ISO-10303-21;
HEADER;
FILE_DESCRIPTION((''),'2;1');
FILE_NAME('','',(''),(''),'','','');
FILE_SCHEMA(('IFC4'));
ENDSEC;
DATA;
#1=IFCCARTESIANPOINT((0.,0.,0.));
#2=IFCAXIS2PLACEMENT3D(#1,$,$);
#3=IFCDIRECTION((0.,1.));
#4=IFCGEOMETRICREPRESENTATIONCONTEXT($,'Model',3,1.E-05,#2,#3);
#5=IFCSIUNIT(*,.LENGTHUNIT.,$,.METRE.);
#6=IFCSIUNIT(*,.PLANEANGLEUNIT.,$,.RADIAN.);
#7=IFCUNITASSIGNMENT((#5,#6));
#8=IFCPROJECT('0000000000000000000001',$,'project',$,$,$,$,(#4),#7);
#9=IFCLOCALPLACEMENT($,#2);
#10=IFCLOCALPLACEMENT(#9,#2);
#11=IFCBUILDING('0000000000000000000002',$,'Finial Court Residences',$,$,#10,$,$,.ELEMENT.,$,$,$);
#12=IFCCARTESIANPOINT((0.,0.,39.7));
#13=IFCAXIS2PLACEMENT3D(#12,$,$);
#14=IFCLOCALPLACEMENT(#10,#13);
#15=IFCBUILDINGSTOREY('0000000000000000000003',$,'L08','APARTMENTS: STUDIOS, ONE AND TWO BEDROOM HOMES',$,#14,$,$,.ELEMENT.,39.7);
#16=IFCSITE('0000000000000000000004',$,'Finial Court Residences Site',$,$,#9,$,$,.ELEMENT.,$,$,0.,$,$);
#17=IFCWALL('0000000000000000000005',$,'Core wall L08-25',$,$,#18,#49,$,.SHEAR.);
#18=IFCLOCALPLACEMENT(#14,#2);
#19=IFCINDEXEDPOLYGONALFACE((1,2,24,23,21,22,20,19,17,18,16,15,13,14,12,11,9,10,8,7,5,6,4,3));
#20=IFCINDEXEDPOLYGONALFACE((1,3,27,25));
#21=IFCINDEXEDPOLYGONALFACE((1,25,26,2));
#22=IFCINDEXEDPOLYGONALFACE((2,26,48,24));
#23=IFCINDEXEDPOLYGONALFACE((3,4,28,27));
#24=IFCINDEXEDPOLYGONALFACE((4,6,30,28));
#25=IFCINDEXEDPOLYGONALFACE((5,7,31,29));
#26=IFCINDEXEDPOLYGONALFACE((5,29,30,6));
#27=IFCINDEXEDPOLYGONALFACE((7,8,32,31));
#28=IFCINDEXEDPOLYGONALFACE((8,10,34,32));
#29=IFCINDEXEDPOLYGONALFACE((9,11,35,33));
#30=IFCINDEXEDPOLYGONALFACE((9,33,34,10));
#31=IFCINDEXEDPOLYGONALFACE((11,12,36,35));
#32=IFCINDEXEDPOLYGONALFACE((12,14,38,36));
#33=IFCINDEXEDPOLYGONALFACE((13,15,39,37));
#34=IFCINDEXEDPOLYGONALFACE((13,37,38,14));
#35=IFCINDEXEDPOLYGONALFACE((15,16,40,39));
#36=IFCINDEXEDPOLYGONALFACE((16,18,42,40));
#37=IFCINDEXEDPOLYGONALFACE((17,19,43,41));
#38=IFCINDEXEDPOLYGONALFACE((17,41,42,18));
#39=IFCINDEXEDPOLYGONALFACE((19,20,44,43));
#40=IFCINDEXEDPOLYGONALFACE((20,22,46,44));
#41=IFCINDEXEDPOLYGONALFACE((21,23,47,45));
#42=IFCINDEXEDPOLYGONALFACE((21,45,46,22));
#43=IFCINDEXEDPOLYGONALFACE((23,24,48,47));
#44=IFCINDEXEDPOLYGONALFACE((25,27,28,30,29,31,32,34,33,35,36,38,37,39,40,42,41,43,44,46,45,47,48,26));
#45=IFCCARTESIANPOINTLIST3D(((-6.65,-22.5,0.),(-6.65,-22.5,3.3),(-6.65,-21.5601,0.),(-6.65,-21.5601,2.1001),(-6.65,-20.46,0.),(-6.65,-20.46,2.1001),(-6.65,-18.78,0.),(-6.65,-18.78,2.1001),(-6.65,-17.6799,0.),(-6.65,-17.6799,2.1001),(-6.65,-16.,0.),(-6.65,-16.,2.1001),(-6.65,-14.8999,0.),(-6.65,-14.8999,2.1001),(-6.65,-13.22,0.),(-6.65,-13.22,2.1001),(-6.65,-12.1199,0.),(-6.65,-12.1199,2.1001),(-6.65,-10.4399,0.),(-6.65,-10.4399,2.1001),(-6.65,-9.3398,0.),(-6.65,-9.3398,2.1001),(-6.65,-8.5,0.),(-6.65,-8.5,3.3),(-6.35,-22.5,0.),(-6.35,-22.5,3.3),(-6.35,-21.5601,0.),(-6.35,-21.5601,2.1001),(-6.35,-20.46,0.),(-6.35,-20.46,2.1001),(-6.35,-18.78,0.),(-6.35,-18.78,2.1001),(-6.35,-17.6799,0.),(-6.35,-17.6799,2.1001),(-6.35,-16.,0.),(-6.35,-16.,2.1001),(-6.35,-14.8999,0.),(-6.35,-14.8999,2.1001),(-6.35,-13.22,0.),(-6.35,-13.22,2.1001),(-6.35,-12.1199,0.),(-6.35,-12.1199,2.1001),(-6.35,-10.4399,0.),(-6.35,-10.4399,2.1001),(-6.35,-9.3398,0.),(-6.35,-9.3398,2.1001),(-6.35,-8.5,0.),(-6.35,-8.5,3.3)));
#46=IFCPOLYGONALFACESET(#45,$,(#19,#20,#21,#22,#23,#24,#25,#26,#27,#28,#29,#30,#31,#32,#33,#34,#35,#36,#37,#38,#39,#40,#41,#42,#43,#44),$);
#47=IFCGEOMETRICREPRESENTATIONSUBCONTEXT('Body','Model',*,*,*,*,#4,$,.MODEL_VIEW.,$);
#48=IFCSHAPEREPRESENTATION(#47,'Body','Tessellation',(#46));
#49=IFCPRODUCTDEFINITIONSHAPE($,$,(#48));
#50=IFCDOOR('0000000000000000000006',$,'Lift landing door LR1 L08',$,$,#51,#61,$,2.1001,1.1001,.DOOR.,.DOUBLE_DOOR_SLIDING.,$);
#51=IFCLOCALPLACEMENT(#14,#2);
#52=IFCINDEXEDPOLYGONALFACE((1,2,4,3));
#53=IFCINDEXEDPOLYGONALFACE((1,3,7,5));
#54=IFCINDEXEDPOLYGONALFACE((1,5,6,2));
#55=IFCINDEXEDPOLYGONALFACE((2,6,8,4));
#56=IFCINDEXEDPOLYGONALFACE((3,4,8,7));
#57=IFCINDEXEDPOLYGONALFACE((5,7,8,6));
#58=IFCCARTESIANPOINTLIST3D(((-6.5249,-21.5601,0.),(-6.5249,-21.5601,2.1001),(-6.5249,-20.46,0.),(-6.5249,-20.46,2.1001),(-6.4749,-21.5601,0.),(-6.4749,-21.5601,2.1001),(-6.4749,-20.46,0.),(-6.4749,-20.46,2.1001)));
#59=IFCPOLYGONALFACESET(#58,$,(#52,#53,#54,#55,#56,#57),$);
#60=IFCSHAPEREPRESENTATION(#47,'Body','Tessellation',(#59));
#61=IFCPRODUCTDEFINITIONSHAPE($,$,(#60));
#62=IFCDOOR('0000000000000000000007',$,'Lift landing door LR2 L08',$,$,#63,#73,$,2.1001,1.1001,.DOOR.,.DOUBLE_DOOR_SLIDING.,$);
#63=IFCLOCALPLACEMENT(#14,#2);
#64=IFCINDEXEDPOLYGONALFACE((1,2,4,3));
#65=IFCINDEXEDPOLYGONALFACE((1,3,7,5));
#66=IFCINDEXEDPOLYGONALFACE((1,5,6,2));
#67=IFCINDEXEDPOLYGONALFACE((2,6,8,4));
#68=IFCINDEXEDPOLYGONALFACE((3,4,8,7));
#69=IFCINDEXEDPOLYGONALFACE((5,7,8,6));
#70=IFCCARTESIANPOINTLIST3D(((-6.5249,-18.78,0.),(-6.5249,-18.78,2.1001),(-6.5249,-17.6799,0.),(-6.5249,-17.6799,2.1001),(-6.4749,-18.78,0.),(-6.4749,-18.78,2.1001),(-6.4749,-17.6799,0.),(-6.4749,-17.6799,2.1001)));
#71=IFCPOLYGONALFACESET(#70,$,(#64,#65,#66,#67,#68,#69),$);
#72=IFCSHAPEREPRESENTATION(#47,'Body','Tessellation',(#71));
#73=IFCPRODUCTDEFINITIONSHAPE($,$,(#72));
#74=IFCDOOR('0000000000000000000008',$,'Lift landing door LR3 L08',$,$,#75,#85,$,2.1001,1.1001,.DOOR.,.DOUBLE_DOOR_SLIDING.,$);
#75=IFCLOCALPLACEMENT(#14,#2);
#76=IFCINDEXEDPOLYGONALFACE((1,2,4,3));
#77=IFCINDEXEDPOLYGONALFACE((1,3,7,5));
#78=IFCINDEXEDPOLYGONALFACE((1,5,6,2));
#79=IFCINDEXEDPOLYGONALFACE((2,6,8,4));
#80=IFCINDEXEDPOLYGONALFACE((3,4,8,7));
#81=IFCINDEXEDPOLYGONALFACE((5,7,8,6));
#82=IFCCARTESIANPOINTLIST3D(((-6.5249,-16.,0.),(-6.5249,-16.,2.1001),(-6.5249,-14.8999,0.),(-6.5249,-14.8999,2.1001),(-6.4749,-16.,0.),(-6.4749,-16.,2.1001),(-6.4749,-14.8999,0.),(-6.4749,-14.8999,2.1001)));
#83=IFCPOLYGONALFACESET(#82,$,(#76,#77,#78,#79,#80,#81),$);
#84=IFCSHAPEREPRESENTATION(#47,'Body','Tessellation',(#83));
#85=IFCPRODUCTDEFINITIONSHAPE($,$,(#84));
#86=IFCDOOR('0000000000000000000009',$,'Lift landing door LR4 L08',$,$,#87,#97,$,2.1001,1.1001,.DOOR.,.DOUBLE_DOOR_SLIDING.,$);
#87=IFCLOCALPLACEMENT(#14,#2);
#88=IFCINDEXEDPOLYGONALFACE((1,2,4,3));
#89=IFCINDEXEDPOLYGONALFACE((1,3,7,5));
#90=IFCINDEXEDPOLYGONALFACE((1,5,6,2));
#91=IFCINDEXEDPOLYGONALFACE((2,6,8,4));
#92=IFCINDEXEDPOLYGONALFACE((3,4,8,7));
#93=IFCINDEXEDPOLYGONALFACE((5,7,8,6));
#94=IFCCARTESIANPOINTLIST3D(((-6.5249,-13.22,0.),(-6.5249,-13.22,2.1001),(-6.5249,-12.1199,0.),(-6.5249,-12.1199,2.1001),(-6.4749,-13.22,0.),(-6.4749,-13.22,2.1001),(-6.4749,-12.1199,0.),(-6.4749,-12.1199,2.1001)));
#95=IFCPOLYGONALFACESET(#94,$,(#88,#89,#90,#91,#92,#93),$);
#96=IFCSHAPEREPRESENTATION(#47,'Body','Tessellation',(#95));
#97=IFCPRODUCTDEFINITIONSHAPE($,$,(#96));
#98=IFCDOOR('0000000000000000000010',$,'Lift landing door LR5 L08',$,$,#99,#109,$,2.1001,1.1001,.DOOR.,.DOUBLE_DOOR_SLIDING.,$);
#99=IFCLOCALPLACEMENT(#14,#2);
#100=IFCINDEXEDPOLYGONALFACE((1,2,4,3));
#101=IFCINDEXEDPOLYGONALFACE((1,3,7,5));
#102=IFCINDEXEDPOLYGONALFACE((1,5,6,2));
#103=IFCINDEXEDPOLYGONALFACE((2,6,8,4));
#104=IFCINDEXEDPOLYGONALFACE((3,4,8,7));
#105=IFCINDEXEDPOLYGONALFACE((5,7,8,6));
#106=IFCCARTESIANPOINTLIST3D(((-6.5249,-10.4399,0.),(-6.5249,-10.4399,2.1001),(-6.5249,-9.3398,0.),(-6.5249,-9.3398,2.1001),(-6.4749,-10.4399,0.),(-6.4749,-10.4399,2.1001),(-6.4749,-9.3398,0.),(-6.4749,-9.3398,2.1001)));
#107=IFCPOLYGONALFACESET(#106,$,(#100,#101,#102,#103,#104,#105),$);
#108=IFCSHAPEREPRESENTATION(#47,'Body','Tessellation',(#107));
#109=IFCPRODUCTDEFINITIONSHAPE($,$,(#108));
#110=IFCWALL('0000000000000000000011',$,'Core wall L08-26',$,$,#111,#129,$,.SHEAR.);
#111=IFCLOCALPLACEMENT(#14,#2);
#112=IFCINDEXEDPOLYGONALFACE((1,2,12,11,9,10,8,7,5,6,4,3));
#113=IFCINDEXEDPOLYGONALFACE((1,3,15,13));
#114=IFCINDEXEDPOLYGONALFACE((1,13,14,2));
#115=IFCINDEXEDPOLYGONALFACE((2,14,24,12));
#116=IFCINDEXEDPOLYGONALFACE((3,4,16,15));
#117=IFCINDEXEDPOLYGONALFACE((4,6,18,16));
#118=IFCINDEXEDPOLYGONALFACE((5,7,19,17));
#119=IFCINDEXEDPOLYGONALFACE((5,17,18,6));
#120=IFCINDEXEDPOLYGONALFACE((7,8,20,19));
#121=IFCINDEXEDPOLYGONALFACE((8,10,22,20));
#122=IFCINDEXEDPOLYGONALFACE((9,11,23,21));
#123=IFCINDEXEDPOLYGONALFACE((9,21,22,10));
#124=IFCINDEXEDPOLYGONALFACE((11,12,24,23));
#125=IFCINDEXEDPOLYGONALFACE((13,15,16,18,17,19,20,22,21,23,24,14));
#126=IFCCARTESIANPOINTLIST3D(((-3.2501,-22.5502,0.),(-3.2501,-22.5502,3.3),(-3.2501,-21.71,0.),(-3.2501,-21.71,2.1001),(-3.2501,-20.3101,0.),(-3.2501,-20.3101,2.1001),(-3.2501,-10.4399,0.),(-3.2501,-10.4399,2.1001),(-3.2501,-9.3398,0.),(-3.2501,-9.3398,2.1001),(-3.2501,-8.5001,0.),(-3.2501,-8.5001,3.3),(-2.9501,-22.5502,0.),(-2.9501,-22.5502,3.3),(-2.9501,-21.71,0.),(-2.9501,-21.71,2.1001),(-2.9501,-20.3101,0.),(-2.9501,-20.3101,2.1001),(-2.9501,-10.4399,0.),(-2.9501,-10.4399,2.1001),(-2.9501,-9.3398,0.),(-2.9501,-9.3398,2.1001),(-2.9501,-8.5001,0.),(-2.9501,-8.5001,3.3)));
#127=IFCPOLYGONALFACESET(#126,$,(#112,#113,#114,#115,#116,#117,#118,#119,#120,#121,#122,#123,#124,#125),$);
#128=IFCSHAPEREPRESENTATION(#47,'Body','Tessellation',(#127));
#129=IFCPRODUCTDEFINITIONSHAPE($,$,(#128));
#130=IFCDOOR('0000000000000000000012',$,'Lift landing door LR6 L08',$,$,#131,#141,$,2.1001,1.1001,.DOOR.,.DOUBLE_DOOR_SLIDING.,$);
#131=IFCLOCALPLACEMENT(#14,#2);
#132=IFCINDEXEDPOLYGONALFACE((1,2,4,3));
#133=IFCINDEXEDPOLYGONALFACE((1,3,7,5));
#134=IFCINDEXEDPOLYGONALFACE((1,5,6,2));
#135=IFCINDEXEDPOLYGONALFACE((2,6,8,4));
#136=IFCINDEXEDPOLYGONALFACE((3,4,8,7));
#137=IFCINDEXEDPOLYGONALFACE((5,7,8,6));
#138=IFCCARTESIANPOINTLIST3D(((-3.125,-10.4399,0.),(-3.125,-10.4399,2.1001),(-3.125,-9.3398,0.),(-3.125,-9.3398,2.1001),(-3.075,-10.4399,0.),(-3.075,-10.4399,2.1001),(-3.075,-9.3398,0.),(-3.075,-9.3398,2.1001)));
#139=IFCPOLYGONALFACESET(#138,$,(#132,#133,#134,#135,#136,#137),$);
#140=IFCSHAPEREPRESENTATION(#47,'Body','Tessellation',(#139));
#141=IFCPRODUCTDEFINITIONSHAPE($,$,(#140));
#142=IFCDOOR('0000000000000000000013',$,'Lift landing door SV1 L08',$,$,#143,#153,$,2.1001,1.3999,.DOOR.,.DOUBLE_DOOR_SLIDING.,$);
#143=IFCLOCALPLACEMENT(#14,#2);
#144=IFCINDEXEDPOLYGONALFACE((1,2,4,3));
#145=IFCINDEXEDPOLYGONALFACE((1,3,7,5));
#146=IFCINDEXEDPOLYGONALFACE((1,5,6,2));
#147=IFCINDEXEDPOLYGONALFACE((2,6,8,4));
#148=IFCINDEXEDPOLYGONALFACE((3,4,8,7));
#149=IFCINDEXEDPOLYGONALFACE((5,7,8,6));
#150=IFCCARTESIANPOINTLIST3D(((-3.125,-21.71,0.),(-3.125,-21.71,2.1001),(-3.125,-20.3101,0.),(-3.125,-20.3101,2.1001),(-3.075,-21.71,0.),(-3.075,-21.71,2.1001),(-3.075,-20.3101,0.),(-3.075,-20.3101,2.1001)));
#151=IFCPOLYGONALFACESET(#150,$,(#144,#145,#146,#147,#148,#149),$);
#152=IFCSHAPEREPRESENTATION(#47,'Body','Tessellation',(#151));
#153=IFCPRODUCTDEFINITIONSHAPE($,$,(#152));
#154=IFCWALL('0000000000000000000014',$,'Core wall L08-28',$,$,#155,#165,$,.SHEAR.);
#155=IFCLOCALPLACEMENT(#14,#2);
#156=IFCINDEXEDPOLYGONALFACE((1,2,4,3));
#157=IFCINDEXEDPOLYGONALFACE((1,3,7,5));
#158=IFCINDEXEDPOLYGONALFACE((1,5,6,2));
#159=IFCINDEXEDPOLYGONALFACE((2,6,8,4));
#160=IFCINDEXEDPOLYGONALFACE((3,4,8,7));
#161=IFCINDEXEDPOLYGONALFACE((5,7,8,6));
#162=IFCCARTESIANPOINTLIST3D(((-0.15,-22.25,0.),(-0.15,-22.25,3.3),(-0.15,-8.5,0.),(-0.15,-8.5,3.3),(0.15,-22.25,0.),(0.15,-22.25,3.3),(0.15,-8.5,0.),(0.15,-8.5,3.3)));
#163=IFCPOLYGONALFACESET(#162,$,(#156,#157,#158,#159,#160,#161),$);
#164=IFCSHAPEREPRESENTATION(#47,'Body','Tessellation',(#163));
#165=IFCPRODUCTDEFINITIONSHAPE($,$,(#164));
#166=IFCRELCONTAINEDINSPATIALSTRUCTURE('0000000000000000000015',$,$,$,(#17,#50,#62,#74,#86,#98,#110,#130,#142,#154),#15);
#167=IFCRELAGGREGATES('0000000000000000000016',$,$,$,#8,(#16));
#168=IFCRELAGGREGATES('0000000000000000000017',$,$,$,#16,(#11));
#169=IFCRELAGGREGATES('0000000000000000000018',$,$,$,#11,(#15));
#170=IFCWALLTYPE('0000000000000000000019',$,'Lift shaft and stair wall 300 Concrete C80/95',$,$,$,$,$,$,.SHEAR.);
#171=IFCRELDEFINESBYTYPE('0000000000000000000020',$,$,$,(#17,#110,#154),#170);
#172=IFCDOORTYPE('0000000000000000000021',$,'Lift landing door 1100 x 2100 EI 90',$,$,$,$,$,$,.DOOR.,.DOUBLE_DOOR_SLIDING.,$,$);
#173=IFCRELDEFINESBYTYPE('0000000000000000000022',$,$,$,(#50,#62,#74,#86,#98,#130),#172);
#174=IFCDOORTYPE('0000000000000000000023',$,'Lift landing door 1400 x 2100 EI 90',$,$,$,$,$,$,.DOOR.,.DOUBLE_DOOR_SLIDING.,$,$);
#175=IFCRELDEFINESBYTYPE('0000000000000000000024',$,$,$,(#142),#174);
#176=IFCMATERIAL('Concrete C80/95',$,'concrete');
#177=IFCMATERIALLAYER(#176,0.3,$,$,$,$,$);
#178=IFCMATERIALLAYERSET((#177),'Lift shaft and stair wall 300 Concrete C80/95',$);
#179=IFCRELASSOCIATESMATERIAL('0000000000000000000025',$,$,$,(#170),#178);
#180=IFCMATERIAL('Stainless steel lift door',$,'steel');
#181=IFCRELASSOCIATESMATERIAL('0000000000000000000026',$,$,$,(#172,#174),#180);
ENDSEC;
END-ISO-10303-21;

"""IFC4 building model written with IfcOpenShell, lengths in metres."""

from ifc_helpers import new_model, si_unit, direction, frame, frame_2d, origin, place, context, subcontext, project, spatial, rectangle, extrude, material, layer, layer_set, type_object, element, fill, save


model = new_model("IFC4")

# Units and contexts
model_context = context("Model", 3, precision=1e-05, world=origin(), true_north=direction((0.0, 1.0)))
body_context = subcontext(model_context, "Body", "Model", "MODEL_VIEW")
ifc_project = project(units=[si_unit("LENGTHUNIT", "METRE"), si_unit("PLANEANGLEUNIT", "RADIAN")], contexts=[model_context])

# Site, building, storey
site_placement = place(None, origin())
site = spatial("IfcSite", under=ifc_project, at=site_placement, Name="Finial Court Residences Site", CompositionType="ELEMENT", RefElevation=0.0)
building_placement = place(site_placement, origin())
building = spatial("IfcBuilding", under=site, at=building_placement, Name="Finial Court Residences", CompositionType="ELEMENT")
storey_placement = place(building_placement, frame((0.0, 0.0, 39.7)))
storey = spatial("IfcBuildingStorey", under=building, at=storey_placement, Name="L08", Description="APARTMENTS: STUDIOS, ONE AND TWO BEDROOM HOMES", CompositionType="ELEMENT", Elevation=39.7)

# Shared definitions
ifc_material_1 = material(Name="Concrete C80/95", Category="concrete")
ifc_layer_1 = layer(ifc_material_1, 0.3)
ifc_layer_set_1 = layer_set([ifc_layer_1], Name="Lift shaft and stair wall 300 Concrete C80/95")
wall_type_1 = type_object("IfcWallType", Name="Lift shaft and stair wall 300 Concrete C80/95", PredefinedType="SHEAR", material=ifc_layer_set_1)

# Walls, openings, doors
wall_1_placement = place(storey_placement, frame((-6.5, -22.5, 0.0), z_axis=(0.0, 0.0, 1.0), x_axis=(0.0, 1.0, 0.0)))
wall_1 = element("IfcWall", 1, at=wall_1_placement, inside=storey, type_object=wall_type_1, Name="Core wall L08-25", PredefinedType="SHEAR", context=body_context, shape_type="SweptSolid", body=[
    extrude(rectangle(XDim=14.0, YDim=0.3, at=frame_2d((7.0, 0.0))), origin(), (0.0, 0.0, 1.0), 3.3),
])
opening_1_placement = place(wall_1_placement, frame((0.9399, 0.0, 0.0)))
opening_1 = element("IfcOpeningElement", 2, at=opening_1_placement, cuts=wall_1, PredefinedType="OPENING", context=body_context, shape_type="SweptSolid", body=[
    extrude(rectangle(XDim=1.1001, YDim=2.1001, at=frame_2d((0.55, 1.05))), frame((0.0, 0.1599, 0.0), z_axis=(0.0, -1.0, 0.0), x_axis=(1.0, 0.0, 0.0)), (0.0, 0.0, 1.0), 0.3201),
])
opening_2_placement = place(wall_1_placement, frame((3.72, 0.0, 0.0)))
opening_2 = element("IfcOpeningElement", 3, at=opening_2_placement, cuts=wall_1, PredefinedType="OPENING", context=body_context, shape_type="SweptSolid", body=[
    extrude(rectangle(XDim=1.1001, YDim=2.1001, at=frame_2d((0.55, 1.05))), frame((0.0, 0.1599, 0.0), z_axis=(0.0, -1.0, 0.0), x_axis=(1.0, 0.0, 0.0)), (0.0, 0.0, 1.0), 0.3201),
])
opening_3_placement = place(wall_1_placement, frame((6.5, 0.0, 0.0)))
opening_3 = element("IfcOpeningElement", 4, at=opening_3_placement, cuts=wall_1, PredefinedType="OPENING", context=body_context, shape_type="SweptSolid", body=[
    extrude(rectangle(XDim=1.1001, YDim=2.1001, at=frame_2d((0.55, 1.05))), frame((0.0, 0.1599, 0.0), z_axis=(0.0, -1.0, 0.0), x_axis=(1.0, 0.0, 0.0)), (0.0, 0.0, 1.0), 0.3201),
])
opening_4_placement = place(wall_1_placement, frame((9.28, 0.0, 0.0)))
opening_4 = element("IfcOpeningElement", 5, at=opening_4_placement, cuts=wall_1, PredefinedType="OPENING", context=body_context, shape_type="SweptSolid", body=[
    extrude(rectangle(XDim=1.1001, YDim=2.1001, at=frame_2d((0.55, 1.05))), frame((0.0, 0.1599, 0.0), z_axis=(0.0, -1.0, 0.0), x_axis=(1.0, 0.0, 0.0)), (0.0, 0.0, 1.0), 0.3201),
])
opening_5_placement = place(wall_1_placement, frame((12.0601, 0.0, 0.0)))
opening_5 = element("IfcOpeningElement", 6, at=opening_5_placement, cuts=wall_1, PredefinedType="OPENING", context=body_context, shape_type="SweptSolid", body=[
    extrude(rectangle(XDim=1.1001, YDim=2.1001, at=frame_2d((0.55, 1.05))), frame((0.0, 0.1599, 0.0), z_axis=(0.0, -1.0, 0.0), x_axis=(1.0, 0.0, 0.0)), (0.0, 0.0, 1.0), 0.3201),
])
ifc_material_2 = material(Name="Stainless steel lift door", Category="steel")
door_type_1 = type_object("IfcDoorType", Name="Lift landing door 1100 x 2100 EI 90", OperationType="DOUBLE_DOOR_SLIDING", PredefinedType="DOOR", material=ifc_material_2)
door_1_placement = place(opening_1_placement, origin())
door_1 = element("IfcDoor", 7, at=door_1_placement, inside=storey, type_object=door_type_1, Name="Lift landing door LR1 L08", OperationType="DOUBLE_DOOR_SLIDING", OverallHeight=2.1001, OverallWidth=1.1001, PredefinedType="DOOR", context=body_context, shape_type="SweptSolid", body=[
    extrude(rectangle(XDim=1.1001, YDim=2.1001, at=frame_2d((0.55, 1.05))), frame((0.0, 0.0249, 0.0), z_axis=(0.0, -1.0, 0.0), x_axis=(1.0, 0.0, 0.0)), (0.0, 0.0, 1.0), 0.05),
])
fill(opening_1, door_1)
door_2_placement = place(opening_2_placement, origin())
door_2 = element("IfcDoor", 8, at=door_2_placement, inside=storey, type_object=door_type_1, Name="Lift landing door LR2 L08", OperationType="DOUBLE_DOOR_SLIDING", OverallHeight=2.1001, OverallWidth=1.1001, PredefinedType="DOOR", context=body_context, shape_type="SweptSolid", body=[
    extrude(rectangle(XDim=1.1001, YDim=2.1001, at=frame_2d((0.55, 1.05))), frame((0.0, 0.0249, 0.0), z_axis=(0.0, -1.0, 0.0), x_axis=(1.0, 0.0, 0.0)), (0.0, 0.0, 1.0), 0.05),
])
fill(opening_2, door_2)
door_3_placement = place(opening_3_placement, origin())
door_3 = element("IfcDoor", 9, at=door_3_placement, inside=storey, type_object=door_type_1, Name="Lift landing door LR3 L08", OperationType="DOUBLE_DOOR_SLIDING", OverallHeight=2.1001, OverallWidth=1.1001, PredefinedType="DOOR", context=body_context, shape_type="SweptSolid", body=[
    extrude(rectangle(XDim=1.1001, YDim=2.1001, at=frame_2d((0.55, 1.05))), frame((0.0, 0.0249, 0.0), z_axis=(0.0, -1.0, 0.0), x_axis=(1.0, 0.0, 0.0)), (0.0, 0.0, 1.0), 0.05),
])
fill(opening_3, door_3)
door_4_placement = place(opening_4_placement, origin())
door_4 = element("IfcDoor", 10, at=door_4_placement, inside=storey, type_object=door_type_1, Name="Lift landing door LR4 L08", OperationType="DOUBLE_DOOR_SLIDING", OverallHeight=2.1001, OverallWidth=1.1001, PredefinedType="DOOR", context=body_context, shape_type="SweptSolid", body=[
    extrude(rectangle(XDim=1.1001, YDim=2.1001, at=frame_2d((0.55, 1.05))), frame((0.0, 0.0249, 0.0), z_axis=(0.0, -1.0, 0.0), x_axis=(1.0, 0.0, 0.0)), (0.0, 0.0, 1.0), 0.05),
])
fill(opening_4, door_4)
door_5_placement = place(opening_5_placement, origin())
door_5 = element("IfcDoor", 11, at=door_5_placement, inside=storey, type_object=door_type_1, Name="Lift landing door LR5 L08", OperationType="DOUBLE_DOOR_SLIDING", OverallHeight=2.1001, OverallWidth=1.1001, PredefinedType="DOOR", context=body_context, shape_type="SweptSolid", body=[
    extrude(rectangle(XDim=1.1001, YDim=2.1001, at=frame_2d((0.55, 1.05))), frame((0.0, 0.0249, 0.0), z_axis=(0.0, -1.0, 0.0), x_axis=(1.0, 0.0, 0.0)), (0.0, 0.0, 1.0), 0.05),
])
fill(opening_5, door_5)
wall_2_placement = place(storey_placement, frame((-3.1001, -22.55, 0.0), z_axis=(0.0, 0.0, 1.0), x_axis=(0.0, 1.0, 0.0)))
wall_2 = element("IfcWall", 12, at=wall_2_placement, inside=storey, type_object=wall_type_1, Name="Core wall L08-26", PredefinedType="SHEAR", context=body_context, shape_type="SweptSolid", body=[
    extrude(rectangle(XDim=14.05, YDim=0.3, at=frame_2d((7.0249, 0.0))), origin(), (0.0, 0.0, 1.0), 3.3),
])
opening_6_placement = place(wall_2_placement, frame((12.1101, 0.0, 0.0)))
opening_6 = element("IfcOpeningElement", 13, at=opening_6_placement, cuts=wall_2, PredefinedType="OPENING", context=body_context, shape_type="SweptSolid", body=[
    extrude(rectangle(XDim=1.1001, YDim=2.1001, at=frame_2d((0.55, 1.05))), frame((0.0, 0.1599, 0.0), z_axis=(0.0, -1.0, 0.0), x_axis=(1.0, 0.0, 0.0)), (0.0, 0.0, 1.0), 0.3201),
])
opening_7_placement = place(wall_2_placement, frame((0.8401, 0.0, 0.0)))
opening_7 = element("IfcOpeningElement", 14, at=opening_7_placement, cuts=wall_2, PredefinedType="OPENING", context=body_context, shape_type="SweptSolid", body=[
    extrude(rectangle(XDim=1.3999, YDim=2.1001, at=frame_2d((0.7, 1.05))), frame((0.0, 0.1599, 0.0), z_axis=(0.0, -1.0, 0.0), x_axis=(1.0, 0.0, 0.0)), (0.0, 0.0, 1.0), 0.3201),
])
door_6_placement = place(opening_6_placement, origin())
door_6 = element("IfcDoor", 15, at=door_6_placement, inside=storey, type_object=door_type_1, Name="Lift landing door LR6 L08", OperationType="DOUBLE_DOOR_SLIDING", OverallHeight=2.1001, OverallWidth=1.1001, PredefinedType="DOOR", context=body_context, shape_type="SweptSolid", body=[
    extrude(rectangle(XDim=1.1001, YDim=2.1001, at=frame_2d((0.55, 1.05))), frame((0.0, 0.0249, 0.0), z_axis=(0.0, -1.0, 0.0), x_axis=(1.0, 0.0, 0.0)), (0.0, 0.0, 1.0), 0.05),
])
fill(opening_6, door_6)
door_type_2 = type_object("IfcDoorType", Name="Lift landing door 1400 x 2100 EI 90", OperationType="DOUBLE_DOOR_SLIDING", PredefinedType="DOOR", material=ifc_material_2)
door_7_placement = place(opening_7_placement, origin())
door_7 = element("IfcDoor", 16, at=door_7_placement, inside=storey, type_object=door_type_2, Name="Lift landing door SV1 L08", OperationType="DOUBLE_DOOR_SLIDING", OverallHeight=2.1001, OverallWidth=1.3999, PredefinedType="DOOR", context=body_context, shape_type="SweptSolid", body=[
    extrude(rectangle(XDim=1.3999, YDim=2.1001, at=frame_2d((0.7, 1.05))), frame((0.0, 0.0249, 0.0), z_axis=(0.0, -1.0, 0.0), x_axis=(1.0, 0.0, 0.0)), (0.0, 0.0, 1.0), 0.05),
])
fill(opening_7, door_7)

# Wall
wall_3_placement = place(storey_placement, frame((0.0, -22.25, 0.0), z_axis=(0.0, 0.0, 1.0), x_axis=(0.0, 1.0, 0.0)))
element("IfcWall", 17, at=wall_3_placement, inside=storey, type_object=wall_type_1, Name="Core wall L08-28", PredefinedType="SHEAR", context=body_context, shape_type="SweptSolid", body=[
    extrude(rectangle(XDim=13.75, YDim=0.3, at=frame_2d((6.875, 0.0))), origin(), (0.0, 0.0, 1.0), 3.3),
])

save(model, "model.ifc")
